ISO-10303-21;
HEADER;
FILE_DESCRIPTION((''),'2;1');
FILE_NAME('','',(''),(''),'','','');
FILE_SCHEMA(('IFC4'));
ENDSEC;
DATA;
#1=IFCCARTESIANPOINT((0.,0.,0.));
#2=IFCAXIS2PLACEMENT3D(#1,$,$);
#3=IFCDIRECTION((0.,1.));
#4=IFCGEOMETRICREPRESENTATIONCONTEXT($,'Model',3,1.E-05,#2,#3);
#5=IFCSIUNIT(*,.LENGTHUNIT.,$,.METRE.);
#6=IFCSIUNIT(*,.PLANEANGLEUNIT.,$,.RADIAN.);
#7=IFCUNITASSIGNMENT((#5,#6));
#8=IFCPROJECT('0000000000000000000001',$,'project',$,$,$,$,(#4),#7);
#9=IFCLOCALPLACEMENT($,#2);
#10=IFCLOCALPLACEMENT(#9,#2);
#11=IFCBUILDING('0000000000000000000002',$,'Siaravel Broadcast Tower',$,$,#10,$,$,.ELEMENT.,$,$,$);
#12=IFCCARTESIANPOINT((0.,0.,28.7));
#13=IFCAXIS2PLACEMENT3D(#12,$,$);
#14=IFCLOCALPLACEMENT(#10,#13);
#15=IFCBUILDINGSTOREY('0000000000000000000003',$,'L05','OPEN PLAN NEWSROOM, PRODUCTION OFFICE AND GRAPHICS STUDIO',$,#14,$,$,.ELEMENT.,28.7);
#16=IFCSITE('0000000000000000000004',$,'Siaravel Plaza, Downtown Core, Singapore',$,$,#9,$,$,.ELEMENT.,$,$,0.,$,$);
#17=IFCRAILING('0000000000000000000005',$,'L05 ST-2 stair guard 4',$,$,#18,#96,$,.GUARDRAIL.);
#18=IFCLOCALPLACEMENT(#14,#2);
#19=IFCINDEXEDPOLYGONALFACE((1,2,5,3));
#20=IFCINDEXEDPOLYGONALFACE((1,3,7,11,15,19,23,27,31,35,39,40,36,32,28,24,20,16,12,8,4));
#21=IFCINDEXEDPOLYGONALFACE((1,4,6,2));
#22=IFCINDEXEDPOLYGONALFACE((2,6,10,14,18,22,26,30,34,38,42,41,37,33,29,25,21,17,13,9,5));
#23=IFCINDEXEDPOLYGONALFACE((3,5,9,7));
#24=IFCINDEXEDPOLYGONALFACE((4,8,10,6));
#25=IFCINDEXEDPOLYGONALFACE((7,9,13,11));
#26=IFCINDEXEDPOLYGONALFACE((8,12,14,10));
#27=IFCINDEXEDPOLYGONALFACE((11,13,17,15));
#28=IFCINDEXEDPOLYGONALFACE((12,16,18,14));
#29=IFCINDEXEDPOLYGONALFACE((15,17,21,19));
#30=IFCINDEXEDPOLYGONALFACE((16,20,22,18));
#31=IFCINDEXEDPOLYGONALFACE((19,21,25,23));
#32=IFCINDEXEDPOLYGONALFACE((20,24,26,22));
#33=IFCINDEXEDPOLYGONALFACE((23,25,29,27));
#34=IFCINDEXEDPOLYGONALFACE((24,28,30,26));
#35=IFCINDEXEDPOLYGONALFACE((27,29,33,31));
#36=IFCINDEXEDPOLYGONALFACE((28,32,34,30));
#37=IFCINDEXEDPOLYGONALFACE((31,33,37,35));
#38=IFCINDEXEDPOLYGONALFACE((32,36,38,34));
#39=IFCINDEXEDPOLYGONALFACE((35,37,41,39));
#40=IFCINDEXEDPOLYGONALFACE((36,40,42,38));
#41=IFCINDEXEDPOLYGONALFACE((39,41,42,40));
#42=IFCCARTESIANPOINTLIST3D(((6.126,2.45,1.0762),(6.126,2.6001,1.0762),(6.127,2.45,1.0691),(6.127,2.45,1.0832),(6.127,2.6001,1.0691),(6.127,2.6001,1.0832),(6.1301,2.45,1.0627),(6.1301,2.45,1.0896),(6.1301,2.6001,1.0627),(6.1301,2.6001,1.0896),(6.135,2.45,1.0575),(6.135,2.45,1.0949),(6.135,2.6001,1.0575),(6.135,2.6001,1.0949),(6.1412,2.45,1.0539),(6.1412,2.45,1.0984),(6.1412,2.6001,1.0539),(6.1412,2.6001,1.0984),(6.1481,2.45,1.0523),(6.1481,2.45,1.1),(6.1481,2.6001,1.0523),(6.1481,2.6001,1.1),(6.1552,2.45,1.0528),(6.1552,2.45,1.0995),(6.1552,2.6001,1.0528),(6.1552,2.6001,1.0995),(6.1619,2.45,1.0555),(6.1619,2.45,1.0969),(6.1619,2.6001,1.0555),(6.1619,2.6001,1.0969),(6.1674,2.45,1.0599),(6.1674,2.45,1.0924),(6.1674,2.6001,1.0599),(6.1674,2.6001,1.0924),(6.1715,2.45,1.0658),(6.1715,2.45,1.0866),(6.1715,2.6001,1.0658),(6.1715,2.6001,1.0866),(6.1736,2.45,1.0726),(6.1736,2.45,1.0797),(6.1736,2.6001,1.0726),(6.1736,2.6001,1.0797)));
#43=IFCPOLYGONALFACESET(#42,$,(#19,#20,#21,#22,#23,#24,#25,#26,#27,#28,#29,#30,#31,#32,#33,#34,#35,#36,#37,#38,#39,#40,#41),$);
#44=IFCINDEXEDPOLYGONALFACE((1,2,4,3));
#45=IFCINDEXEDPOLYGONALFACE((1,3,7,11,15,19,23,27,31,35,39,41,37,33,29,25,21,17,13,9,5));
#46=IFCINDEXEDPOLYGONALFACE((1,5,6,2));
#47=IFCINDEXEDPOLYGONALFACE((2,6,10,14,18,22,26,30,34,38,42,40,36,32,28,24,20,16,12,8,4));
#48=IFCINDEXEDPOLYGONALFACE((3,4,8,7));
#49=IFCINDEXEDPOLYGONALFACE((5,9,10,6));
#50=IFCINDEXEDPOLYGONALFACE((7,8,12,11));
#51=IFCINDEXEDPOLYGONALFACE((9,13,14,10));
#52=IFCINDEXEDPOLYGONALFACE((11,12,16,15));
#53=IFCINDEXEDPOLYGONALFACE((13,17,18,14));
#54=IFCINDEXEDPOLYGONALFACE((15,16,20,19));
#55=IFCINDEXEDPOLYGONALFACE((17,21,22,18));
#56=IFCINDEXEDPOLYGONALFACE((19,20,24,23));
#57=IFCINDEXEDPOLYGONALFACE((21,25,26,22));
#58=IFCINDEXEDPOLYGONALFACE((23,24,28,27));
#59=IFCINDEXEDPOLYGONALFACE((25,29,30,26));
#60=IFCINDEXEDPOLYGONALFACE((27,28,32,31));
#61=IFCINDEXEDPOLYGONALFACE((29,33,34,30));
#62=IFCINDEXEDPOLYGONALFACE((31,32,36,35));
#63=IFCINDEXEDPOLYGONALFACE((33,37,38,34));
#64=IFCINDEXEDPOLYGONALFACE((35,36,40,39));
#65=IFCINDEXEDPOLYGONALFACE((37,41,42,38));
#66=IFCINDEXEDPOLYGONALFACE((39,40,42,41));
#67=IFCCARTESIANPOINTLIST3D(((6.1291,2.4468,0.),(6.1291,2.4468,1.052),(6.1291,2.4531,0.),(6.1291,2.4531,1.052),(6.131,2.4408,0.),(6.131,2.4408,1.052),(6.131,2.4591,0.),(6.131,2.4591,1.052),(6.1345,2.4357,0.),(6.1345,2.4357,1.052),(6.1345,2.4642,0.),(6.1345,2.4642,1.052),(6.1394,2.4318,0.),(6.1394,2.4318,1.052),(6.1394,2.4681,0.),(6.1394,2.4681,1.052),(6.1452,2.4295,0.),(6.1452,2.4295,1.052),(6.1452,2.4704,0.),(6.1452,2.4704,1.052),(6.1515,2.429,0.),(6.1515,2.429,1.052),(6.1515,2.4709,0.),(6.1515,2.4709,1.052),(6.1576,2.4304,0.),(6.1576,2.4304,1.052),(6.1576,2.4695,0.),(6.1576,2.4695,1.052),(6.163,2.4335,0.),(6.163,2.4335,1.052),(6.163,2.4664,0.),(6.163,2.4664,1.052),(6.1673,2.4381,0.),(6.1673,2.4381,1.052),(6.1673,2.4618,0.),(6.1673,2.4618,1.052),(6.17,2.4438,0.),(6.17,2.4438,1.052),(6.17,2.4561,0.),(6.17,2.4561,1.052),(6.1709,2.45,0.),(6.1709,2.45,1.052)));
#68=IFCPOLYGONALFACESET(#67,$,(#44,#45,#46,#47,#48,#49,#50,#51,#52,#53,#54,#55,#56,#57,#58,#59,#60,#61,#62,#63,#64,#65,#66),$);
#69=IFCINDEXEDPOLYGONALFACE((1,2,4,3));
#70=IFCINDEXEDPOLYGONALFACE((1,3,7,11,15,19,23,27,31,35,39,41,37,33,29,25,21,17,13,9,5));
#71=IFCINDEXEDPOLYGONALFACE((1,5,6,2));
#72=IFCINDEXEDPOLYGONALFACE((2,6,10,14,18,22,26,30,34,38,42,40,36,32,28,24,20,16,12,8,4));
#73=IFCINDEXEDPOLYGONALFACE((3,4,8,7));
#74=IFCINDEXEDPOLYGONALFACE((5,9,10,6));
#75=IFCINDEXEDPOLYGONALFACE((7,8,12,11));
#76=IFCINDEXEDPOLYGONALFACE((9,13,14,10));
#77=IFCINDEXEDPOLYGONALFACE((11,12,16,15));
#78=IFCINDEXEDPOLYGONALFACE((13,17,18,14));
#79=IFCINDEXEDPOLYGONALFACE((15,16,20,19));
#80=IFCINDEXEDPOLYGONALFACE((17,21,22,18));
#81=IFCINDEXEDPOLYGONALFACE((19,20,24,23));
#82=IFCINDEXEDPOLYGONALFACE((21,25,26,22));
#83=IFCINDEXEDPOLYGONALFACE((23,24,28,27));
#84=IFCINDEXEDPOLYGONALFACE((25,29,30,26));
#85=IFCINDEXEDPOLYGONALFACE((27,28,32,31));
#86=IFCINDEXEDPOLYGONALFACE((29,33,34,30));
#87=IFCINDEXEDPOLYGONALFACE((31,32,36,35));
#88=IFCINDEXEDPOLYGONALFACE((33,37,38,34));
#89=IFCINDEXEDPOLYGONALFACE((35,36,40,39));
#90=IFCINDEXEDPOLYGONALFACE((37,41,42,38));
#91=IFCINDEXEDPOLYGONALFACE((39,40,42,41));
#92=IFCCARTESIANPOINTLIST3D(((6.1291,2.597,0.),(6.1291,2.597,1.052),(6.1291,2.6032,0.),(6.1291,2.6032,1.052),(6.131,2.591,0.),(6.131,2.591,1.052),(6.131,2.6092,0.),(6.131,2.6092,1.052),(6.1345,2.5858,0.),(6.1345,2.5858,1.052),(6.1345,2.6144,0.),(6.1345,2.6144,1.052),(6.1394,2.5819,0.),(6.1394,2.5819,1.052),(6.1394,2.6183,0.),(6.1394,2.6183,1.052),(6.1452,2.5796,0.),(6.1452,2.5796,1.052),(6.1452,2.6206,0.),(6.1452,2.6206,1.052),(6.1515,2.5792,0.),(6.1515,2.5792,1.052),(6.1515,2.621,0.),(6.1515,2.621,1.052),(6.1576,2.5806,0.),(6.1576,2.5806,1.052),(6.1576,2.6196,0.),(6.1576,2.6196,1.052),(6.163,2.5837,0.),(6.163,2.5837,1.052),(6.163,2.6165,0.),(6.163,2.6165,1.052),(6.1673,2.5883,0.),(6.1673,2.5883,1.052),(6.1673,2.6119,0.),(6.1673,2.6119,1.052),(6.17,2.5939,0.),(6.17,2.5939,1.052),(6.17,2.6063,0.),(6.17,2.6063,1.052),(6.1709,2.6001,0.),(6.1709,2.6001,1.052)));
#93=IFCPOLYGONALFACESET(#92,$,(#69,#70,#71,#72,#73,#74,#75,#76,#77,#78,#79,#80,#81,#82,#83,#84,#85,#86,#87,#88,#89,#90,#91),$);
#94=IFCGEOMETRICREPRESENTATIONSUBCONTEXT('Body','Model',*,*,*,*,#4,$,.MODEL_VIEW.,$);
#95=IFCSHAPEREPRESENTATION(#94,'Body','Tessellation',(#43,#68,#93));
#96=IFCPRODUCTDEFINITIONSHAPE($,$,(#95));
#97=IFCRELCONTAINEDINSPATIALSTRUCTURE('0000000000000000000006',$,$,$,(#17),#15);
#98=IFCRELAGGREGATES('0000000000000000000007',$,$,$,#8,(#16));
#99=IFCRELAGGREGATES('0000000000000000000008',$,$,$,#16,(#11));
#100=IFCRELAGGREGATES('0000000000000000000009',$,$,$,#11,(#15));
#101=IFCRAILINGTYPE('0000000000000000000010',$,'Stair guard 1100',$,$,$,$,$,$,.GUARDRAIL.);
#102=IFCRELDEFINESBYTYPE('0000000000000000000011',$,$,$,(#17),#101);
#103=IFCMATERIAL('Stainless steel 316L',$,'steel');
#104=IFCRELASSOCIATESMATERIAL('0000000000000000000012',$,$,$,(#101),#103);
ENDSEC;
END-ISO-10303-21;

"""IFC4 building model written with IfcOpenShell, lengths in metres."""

from ifc_helpers import new_model, si_unit, direction, frame, origin, origin_2d, place, context, subcontext, project, spatial, circle, extrude, material, type_object, element, save


model = new_model("IFC4")

# Units and contexts
model_context = context("Model", 3, precision=1e-05, world=origin(), true_north=direction((0.0, 1.0)))
body_context = subcontext(model_context, "Body", "Model", "MODEL_VIEW")
ifc_project = project(units=[si_unit("LENGTHUNIT", "METRE"), si_unit("PLANEANGLEUNIT", "RADIAN")], contexts=[model_context])

# Site, building, storey
site_placement = place(None, origin())
site = spatial("IfcSite", under=ifc_project, at=site_placement, Name="Siaravel Plaza, Downtown Core, Singapore", CompositionType="ELEMENT", RefElevation=0.0)
building_placement = place(site_placement, origin())
building = spatial("IfcBuilding", under=site, at=building_placement, Name="Siaravel Broadcast Tower", CompositionType="ELEMENT")
storey_placement = place(building_placement, frame((0.0, 0.0, 28.7)))
storey = spatial("IfcBuildingStorey", under=building, at=storey_placement, Name="L05", Description="OPEN PLAN NEWSROOM, PRODUCTION OFFICE AND GRAPHICS STUDIO", CompositionType="ELEMENT", Elevation=28.7)

# Railing
ifc_material_1 = material(Name="Stainless steel 316L", Category="steel")
railing_type_1 = type_object("IfcRailingType", Name="Stair guard 1100", PredefinedType="GUARDRAIL", material=ifc_material_1)
railing_1_placement = place(storey_placement, frame((6.1499, 2.45, 0.0)))
element("IfcRailing", 1, at=railing_1_placement, inside=storey, type_object=railing_type_1, Name="L05 ST-2 stair guard 4", PredefinedType="GUARDRAIL", context=body_context, shape_type="SweptSolid", body=[
    extrude(circle(Radius=0.0239, at=origin_2d()), frame((0.0, 0.0, 1.0762), z_axis=(0.0, 1.0, 0.0), x_axis=(-1.0, 0.0, 0.0)), (0.0, 0.0, 1.0), 0.1501),
    extrude(circle(Radius=0.021, at=origin_2d()), origin(), (0.0, 0.0, 1.0), 1.052),
    extrude(circle(Radius=0.021, at=origin_2d()), frame((0.0, 0.1501, 0.0)), (0.0, 0.0, 1.0), 1.052),
])

save(model, "model.ifc")
